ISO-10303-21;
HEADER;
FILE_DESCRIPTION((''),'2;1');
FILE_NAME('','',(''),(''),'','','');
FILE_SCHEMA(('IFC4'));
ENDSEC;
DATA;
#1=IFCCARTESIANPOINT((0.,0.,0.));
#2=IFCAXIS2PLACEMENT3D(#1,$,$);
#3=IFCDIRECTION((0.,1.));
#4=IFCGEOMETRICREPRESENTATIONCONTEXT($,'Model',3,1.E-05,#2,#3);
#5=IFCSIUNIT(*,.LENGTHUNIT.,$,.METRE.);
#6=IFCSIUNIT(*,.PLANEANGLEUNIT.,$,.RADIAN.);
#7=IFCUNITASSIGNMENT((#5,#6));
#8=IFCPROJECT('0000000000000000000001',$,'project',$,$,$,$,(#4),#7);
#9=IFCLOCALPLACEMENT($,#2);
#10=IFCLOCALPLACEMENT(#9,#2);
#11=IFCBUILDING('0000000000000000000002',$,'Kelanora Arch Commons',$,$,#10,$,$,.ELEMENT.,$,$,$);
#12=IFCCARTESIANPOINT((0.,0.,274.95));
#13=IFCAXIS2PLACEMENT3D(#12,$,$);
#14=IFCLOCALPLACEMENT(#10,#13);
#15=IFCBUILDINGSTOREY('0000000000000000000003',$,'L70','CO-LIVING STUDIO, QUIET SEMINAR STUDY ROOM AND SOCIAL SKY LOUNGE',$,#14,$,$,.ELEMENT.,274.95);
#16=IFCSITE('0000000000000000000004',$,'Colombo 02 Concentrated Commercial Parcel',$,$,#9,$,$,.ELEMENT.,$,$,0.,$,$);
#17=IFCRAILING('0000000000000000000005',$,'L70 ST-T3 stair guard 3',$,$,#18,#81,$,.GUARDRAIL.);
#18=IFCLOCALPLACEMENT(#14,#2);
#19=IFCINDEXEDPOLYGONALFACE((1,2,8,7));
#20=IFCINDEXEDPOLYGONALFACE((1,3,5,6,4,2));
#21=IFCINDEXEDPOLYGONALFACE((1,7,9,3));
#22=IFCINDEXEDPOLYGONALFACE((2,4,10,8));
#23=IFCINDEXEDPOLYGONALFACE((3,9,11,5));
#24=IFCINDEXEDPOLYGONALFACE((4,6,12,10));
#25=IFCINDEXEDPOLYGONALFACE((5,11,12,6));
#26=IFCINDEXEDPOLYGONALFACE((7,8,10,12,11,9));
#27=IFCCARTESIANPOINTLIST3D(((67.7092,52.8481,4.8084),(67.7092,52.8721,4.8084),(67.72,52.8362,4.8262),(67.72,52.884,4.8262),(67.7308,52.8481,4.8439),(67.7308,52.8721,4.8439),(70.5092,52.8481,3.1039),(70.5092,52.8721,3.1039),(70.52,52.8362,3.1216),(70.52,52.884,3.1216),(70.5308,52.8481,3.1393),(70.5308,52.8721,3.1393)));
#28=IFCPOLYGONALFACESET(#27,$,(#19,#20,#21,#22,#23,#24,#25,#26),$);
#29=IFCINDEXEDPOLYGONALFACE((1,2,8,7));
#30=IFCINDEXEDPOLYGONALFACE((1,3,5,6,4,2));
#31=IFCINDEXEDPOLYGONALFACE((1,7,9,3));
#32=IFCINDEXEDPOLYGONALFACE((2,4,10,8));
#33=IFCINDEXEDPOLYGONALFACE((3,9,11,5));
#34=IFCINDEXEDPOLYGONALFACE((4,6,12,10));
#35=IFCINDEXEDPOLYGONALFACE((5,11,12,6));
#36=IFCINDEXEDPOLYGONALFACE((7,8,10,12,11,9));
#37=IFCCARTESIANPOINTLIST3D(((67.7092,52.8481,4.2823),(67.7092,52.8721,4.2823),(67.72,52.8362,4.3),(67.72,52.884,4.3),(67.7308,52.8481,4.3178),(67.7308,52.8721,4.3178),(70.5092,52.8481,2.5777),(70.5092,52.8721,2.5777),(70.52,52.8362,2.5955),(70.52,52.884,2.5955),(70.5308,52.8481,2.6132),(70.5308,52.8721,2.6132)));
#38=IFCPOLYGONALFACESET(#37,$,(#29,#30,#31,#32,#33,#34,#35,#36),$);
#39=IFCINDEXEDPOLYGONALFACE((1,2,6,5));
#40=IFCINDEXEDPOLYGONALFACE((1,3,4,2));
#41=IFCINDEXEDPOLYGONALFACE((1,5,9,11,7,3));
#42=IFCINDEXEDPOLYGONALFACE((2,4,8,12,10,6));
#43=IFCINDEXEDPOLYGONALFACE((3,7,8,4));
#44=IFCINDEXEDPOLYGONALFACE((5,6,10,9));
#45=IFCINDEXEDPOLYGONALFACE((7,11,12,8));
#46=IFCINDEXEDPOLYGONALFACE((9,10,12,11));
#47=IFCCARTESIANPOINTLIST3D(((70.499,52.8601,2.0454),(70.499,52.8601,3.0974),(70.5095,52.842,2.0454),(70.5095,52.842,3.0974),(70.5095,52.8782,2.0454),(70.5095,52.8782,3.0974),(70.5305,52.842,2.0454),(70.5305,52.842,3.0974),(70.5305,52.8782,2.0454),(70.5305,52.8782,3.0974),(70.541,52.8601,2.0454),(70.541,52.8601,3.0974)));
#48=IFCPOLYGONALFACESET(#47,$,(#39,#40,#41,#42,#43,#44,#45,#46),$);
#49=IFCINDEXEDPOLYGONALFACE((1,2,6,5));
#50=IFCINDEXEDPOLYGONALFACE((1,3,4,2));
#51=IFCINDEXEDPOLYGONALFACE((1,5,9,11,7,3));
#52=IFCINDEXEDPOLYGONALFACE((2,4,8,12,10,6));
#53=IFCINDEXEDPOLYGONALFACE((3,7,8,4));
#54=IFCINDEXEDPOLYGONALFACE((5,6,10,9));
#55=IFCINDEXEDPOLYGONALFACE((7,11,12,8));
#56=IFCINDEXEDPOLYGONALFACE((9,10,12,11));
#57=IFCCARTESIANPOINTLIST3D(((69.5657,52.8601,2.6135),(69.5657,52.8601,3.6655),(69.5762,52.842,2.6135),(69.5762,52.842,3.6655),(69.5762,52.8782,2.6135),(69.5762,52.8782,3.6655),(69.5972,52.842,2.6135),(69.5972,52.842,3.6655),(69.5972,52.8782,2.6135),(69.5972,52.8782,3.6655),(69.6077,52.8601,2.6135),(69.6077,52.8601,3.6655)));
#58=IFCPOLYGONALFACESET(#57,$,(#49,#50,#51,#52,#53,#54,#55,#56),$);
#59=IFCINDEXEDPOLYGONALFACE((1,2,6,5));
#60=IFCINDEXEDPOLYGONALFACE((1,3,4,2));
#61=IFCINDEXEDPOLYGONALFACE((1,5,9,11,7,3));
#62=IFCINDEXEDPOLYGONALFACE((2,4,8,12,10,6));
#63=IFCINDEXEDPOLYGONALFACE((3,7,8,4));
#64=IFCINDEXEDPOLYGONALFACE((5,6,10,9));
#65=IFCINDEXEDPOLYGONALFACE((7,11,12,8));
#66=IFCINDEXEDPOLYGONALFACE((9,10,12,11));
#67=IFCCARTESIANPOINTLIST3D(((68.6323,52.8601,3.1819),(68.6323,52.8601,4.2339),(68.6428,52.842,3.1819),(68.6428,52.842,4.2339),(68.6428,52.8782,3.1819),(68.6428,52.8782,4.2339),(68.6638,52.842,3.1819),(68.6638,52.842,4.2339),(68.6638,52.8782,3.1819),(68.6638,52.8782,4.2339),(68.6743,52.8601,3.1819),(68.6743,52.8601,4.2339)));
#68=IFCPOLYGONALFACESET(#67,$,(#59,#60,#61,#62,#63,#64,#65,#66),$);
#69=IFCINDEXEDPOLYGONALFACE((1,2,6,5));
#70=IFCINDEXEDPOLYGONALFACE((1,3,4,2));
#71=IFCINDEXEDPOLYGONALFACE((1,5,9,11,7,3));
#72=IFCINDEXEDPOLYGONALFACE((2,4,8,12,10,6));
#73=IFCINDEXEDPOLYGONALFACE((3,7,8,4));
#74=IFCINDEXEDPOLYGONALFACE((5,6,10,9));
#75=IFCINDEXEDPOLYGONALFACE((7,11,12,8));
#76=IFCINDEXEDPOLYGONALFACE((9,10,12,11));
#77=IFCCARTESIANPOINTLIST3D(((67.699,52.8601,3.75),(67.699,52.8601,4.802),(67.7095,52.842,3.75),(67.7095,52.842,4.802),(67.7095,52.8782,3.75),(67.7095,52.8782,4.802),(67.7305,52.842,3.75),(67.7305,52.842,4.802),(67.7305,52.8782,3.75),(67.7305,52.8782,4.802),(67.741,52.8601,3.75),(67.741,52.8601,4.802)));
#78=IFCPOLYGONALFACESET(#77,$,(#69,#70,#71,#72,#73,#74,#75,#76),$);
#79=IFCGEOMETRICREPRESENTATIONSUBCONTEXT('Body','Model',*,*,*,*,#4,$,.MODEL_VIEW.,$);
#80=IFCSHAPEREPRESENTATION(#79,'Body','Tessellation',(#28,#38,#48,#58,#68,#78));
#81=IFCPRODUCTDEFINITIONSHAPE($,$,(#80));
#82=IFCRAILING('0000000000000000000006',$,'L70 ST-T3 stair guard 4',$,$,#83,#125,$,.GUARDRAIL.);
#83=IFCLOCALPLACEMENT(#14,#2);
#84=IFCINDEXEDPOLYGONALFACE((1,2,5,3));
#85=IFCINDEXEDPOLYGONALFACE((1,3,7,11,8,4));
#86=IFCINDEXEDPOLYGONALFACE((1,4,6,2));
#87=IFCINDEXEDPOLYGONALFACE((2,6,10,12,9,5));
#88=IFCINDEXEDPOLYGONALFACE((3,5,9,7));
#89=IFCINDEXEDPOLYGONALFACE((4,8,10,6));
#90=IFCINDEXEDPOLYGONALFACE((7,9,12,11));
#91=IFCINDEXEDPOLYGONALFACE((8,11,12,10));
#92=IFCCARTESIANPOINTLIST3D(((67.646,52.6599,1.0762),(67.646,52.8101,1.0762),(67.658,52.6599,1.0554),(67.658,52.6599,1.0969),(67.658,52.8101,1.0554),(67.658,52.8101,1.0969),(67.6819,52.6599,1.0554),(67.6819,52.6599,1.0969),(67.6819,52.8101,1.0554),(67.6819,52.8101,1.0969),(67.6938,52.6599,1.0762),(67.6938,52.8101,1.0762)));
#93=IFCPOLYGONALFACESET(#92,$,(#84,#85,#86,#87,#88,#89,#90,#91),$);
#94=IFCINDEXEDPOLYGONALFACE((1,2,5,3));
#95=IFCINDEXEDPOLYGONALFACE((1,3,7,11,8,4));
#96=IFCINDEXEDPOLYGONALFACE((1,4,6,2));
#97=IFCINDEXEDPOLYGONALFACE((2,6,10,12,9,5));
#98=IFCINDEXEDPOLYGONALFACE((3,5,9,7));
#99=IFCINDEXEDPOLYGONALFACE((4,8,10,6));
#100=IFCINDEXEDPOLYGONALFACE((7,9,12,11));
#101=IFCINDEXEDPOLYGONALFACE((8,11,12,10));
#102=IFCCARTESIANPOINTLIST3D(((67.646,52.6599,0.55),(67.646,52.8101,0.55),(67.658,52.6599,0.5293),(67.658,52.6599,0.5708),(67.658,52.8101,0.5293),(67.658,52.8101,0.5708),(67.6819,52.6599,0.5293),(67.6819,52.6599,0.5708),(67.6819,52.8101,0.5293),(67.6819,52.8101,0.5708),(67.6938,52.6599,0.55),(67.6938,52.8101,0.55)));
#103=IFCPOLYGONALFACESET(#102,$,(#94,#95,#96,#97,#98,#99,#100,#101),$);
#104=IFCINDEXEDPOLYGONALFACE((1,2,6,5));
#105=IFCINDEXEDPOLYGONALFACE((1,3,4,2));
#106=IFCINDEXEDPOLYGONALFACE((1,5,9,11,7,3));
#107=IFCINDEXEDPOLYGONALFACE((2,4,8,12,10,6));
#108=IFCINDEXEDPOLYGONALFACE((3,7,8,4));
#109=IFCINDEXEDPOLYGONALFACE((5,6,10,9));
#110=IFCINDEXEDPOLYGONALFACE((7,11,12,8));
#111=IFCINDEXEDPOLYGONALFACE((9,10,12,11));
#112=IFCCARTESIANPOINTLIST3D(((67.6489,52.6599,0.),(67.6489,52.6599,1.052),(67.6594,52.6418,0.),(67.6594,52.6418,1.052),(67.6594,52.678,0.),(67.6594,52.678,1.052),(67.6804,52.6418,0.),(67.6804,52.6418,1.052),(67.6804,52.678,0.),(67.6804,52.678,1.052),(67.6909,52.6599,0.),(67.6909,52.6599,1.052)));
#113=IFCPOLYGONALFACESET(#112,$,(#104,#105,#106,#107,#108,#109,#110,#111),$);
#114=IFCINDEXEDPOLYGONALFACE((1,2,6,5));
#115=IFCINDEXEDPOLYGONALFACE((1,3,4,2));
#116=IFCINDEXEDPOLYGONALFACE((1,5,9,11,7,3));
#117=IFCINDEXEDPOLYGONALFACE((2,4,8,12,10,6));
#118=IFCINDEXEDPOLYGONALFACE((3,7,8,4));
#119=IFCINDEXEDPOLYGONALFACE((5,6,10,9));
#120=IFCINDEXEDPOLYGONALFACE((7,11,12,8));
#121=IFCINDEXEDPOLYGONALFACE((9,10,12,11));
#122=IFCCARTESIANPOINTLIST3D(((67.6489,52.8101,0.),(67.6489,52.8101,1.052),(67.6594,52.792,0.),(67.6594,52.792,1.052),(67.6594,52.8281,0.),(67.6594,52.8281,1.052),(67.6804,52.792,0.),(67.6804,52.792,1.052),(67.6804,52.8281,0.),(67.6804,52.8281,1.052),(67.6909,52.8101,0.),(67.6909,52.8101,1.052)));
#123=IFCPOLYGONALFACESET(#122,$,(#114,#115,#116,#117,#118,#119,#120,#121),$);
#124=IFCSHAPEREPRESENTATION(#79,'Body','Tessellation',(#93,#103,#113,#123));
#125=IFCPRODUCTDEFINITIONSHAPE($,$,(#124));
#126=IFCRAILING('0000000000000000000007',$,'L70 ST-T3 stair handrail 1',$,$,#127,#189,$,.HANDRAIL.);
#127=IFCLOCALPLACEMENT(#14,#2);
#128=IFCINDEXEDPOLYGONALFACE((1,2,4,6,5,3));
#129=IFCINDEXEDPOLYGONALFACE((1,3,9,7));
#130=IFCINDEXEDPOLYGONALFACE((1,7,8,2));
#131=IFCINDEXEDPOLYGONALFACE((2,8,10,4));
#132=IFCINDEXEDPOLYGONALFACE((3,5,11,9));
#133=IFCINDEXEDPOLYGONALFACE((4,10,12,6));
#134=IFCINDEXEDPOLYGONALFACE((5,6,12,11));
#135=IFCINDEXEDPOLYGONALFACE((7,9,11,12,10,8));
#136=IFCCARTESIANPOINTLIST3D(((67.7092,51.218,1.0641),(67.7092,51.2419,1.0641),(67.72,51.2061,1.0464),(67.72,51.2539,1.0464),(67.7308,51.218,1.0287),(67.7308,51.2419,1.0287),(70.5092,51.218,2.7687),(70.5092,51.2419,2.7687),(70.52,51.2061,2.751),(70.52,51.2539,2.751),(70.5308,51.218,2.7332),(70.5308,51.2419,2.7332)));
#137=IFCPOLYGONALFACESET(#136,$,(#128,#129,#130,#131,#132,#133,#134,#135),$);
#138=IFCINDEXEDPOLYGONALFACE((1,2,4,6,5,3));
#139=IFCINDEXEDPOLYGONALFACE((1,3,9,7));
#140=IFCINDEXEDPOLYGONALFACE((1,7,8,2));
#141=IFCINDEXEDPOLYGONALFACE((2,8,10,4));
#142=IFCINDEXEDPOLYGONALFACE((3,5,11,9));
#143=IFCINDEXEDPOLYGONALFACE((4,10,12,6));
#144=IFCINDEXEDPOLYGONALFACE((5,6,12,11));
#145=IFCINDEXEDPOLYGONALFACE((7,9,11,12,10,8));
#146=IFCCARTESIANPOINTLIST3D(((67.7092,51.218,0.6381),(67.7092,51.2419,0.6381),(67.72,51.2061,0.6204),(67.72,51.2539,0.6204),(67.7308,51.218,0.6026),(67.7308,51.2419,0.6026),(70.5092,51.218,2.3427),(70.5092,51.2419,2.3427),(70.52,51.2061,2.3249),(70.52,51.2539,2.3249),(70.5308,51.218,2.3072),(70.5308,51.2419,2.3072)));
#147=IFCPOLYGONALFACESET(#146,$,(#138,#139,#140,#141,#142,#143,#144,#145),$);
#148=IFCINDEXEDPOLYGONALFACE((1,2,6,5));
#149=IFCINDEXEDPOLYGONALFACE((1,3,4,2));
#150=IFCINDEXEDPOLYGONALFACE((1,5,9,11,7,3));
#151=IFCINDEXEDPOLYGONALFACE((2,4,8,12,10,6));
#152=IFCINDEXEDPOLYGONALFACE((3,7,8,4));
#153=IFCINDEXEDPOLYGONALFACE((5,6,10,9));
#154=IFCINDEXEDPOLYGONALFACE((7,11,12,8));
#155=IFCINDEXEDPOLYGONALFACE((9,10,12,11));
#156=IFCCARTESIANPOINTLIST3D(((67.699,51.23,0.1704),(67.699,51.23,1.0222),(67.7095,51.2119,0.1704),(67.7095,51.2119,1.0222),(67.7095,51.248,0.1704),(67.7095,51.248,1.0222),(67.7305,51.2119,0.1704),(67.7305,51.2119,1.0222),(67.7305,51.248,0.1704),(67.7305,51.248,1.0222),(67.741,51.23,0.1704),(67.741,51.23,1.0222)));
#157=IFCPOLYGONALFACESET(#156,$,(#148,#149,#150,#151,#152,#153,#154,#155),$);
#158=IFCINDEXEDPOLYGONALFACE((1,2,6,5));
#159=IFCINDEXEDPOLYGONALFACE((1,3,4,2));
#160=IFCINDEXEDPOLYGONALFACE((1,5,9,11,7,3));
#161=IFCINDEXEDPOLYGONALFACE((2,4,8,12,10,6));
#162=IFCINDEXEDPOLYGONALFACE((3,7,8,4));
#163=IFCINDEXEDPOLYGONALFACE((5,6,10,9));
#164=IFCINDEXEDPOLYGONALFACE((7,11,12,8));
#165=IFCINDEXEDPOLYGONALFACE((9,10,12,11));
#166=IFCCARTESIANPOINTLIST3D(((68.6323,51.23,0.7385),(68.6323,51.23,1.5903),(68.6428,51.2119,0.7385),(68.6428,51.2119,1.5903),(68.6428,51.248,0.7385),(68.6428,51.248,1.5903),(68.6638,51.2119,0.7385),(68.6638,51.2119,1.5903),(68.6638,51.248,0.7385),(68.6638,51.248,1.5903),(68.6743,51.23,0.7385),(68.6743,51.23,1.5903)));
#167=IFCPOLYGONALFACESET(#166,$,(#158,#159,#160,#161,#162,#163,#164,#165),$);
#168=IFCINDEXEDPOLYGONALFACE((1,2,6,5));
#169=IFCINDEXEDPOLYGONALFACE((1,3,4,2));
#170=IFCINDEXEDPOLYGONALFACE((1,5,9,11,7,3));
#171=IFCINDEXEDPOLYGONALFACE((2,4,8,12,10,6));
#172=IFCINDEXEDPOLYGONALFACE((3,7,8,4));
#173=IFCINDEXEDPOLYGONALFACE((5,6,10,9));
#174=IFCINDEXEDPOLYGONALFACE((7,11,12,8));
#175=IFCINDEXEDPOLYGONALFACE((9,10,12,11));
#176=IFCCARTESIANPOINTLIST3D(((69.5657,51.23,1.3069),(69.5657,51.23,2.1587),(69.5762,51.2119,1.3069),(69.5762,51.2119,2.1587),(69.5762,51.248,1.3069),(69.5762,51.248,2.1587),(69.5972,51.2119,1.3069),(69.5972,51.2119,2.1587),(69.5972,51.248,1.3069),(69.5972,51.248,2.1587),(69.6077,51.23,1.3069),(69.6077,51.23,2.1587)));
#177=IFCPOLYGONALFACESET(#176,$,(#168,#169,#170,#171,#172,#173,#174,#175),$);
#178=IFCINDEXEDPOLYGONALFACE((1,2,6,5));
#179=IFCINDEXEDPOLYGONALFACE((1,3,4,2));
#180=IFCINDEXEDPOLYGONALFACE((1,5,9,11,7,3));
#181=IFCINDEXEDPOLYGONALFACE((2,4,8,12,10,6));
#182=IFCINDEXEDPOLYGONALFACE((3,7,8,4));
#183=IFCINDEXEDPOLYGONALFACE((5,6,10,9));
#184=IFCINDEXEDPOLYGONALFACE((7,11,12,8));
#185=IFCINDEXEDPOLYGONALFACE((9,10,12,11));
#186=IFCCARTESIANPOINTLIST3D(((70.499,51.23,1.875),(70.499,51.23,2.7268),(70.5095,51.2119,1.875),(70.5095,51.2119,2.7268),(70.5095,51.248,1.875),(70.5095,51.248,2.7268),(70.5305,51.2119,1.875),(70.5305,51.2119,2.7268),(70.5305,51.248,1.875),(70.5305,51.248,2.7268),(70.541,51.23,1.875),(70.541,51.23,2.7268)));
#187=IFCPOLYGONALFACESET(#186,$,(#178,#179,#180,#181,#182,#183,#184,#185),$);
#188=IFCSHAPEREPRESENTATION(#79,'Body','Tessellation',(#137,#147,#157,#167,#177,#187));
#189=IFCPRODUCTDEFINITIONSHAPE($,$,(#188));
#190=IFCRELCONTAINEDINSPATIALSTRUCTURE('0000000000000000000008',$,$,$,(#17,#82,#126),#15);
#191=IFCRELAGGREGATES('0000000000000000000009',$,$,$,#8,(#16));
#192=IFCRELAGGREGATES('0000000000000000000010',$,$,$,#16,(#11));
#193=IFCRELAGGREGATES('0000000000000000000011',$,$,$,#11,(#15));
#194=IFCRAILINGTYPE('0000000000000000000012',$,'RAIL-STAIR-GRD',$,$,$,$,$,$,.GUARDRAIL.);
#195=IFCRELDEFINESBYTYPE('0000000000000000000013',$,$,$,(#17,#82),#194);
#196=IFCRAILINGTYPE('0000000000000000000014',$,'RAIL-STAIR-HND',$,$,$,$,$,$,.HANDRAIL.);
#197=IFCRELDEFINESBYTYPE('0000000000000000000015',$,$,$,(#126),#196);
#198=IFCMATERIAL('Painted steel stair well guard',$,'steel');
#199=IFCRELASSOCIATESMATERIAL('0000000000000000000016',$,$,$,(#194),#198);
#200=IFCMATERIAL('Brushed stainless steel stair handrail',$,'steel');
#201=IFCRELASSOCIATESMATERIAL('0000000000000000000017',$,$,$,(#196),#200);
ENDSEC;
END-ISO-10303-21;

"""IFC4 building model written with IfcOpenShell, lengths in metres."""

from ifc_helpers import new_model, si_unit, direction, frame, origin, place, context, subcontext, project, spatial, polyline, outline, extrude, material, type_object, element, save


model = new_model("IFC4")

# Units and contexts
model_context = context("Model", 3, precision=1e-05, world=origin(), true_north=direction((0.0, 1.0)))
body_context = subcontext(model_context, "Body", "Model", "MODEL_VIEW")
ifc_project = project(units=[si_unit("LENGTHUNIT", "METRE"), si_unit("PLANEANGLEUNIT", "RADIAN")], contexts=[model_context])

# Site, building, storey
site_placement = place(None, origin())
site = spatial("IfcSite", under=ifc_project, at=site_placement, Name="Colombo 02 Concentrated Commercial Parcel", CompositionType="ELEMENT", RefElevation=0.0)
building_placement = place(site_placement, origin())
building = spatial("IfcBuilding", under=site, at=building_placement, Name="Kelanora Arch Commons", CompositionType="ELEMENT")
storey_placement = place(building_placement, frame((0.0, 0.0, 274.95)))
storey = spatial("IfcBuildingStorey", under=building, at=storey_placement, Name="L70", Description="CO-LIVING STUDIO, QUIET SEMINAR STUDY ROOM AND SOCIAL SKY LOUNGE", CompositionType="ELEMENT", Elevation=274.95)

# Railings
ifc_material_1 = material(Name="Painted steel stair well guard", Category="steel")
railing_type_1 = type_object("IfcRailingType", Name="RAIL-STAIR-GRD", PredefinedType="GUARDRAIL", material=ifc_material_1)
railing_1_placement = place(storey_placement, frame((70.52, 52.8601, 2.0454)))
element("IfcRailing", 1, at=railing_1_placement, inside=storey, type_object=railing_type_1, Name="L70 ST-T3 stair guard 3", PredefinedType="GUARDRAIL", context=body_context, shape_type="SweptSolid", body=[
    extrude(outline(polyline([(0.0239, 0.0), (0.012, 0.0208), (-0.012, 0.0208), (-0.0239, 0.0), (-0.012, -0.0208), (0.012, -0.0208), (0.0239, 0.0)])), frame((0.0, 0.0, 1.0762), z_axis=(-0.85417, 0.0, 0.519994), x_axis=(0.0, -1.0, 0.0)), (0.0, 0.0, 1.0), 3.2781),
    extrude(outline(polyline([(0.0239, 0.0), (0.012, 0.0208), (-0.012, 0.0208), (-0.0239, 0.0), (-0.012, -0.0208), (0.012, -0.0208), (0.0239, 0.0)])), frame((0.0, 0.0, 0.55), z_axis=(-0.85417, 0.0, 0.519994), x_axis=(0.0, -1.0, 0.0)), (0.0, 0.0, 1.0), 3.2781),
    extrude(outline(polyline([(0.021, 0.0), (0.0105, 0.0181), (-0.0105, 0.0181), (-0.021, 0.0), (-0.0105, -0.0181), (0.0105, -0.0181), (0.021, 0.0)])), origin(), (0.0, 0.0, 1.0), 1.052),
    extrude(outline(polyline([(0.021, 0.0), (0.0105, 0.0181), (-0.0105, 0.0181), (-0.021, 0.0), (-0.0105, -0.0181), (0.0105, -0.0181), (0.021, 0.0)])), frame((-0.9333, 0.0, 0.5681)), (0.0, 0.0, 1.0), 1.052),
    extrude(outline(polyline([(0.021, 0.0), (0.0105, 0.0181), (-0.0105, 0.0181), (-0.021, 0.0), (-0.0105, -0.0181), (0.0105, -0.0181), (0.021, 0.0)])), frame((-1.8667, 0.0, 1.1365)), (0.0, 0.0, 1.0), 1.052),
    extrude(outline(polyline([(0.021, 0.0), (0.0105, 0.0181), (-0.0105, 0.0181), (-0.021, 0.0), (-0.0105, -0.0181), (0.0105, -0.0181), (0.021, 0.0)])), frame((-2.8, 0.0, 1.7046)), (0.0, 0.0, 1.0), 1.052),
])
railing_2_placement = place(storey_placement, frame((67.6699, 52.6599, 0.0)))
element("IfcRailing", 2, at=railing_2_placement, inside=storey, type_object=railing_type_1, Name="L70 ST-T3 stair guard 4", PredefinedType="GUARDRAIL", context=body_context, shape_type="SweptSolid", body=[
    extrude(outline(polyline([(0.0239, 0.0), (0.012, 0.0208), (-0.012, 0.0208), (-0.0239, 0.0), (-0.012, -0.0208), (0.012, -0.0208), (0.0239, 0.0)])), frame((0.0, 0.0, 1.0762), z_axis=(0.0, 1.0, 0.0), x_axis=(-1.0, 0.0, 0.0)), (0.0, 0.0, 1.0), 0.1501),
    extrude(outline(polyline([(0.0239, 0.0), (0.012, 0.0208), (-0.012, 0.0208), (-0.0239, 0.0), (-0.012, -0.0208), (0.012, -0.0208), (0.0239, 0.0)])), frame((0.0, 0.0, 0.55), z_axis=(0.0, 1.0, 0.0), x_axis=(-1.0, 0.0, 0.0)), (0.0, 0.0, 1.0), 0.1501),
    extrude(outline(polyline([(0.021, 0.0), (0.0105, 0.0181), (-0.0105, 0.0181), (-0.021, 0.0), (-0.0105, -0.0181), (0.0105, -0.0181), (0.021, 0.0)])), origin(), (0.0, 0.0, 1.0), 1.052),
    extrude(outline(polyline([(0.021, 0.0), (0.0105, 0.0181), (-0.0105, 0.0181), (-0.021, 0.0), (-0.0105, -0.0181), (0.0105, -0.0181), (0.021, 0.0)])), frame((0.0, 0.1501, 0.0)), (0.0, 0.0, 1.0), 1.052),
])
ifc_material_2 = material(Name="Brushed stainless steel stair handrail", Category="steel")
railing_type_2 = type_object("IfcRailingType", Name="RAIL-STAIR-HND", PredefinedType="HANDRAIL", material=ifc_material_2)
railing_3_placement = place(storey_placement, frame((67.72, 51.23, 0.1704)))
element("IfcRailing", 3, at=railing_3_placement, inside=storey, type_object=railing_type_2, Name="L70 ST-T3 stair handrail 1", PredefinedType="HANDRAIL", context=body_context, shape_type="SweptSolid", body=[
    extrude(outline(polyline([(0.0239, 0.0), (0.012, 0.0208), (-0.012, 0.0208), (-0.0239, 0.0), (-0.012, -0.0208), (0.012, -0.0208), (0.0239, 0.0)])), frame((0.0, 0.0, 0.876), z_axis=(0.85417, 0.0, 0.519994), x_axis=(0.0, 1.0, 0.0)), (0.0, 0.0, 1.0), 3.2781),
    extrude(outline(polyline([(0.0239, 0.0), (0.012, 0.0208), (-0.012, 0.0208), (-0.0239, 0.0), (-0.012, -0.0208), (0.012, -0.0208), (0.0239, 0.0)])), frame((0.0, 0.0, 0.45), z_axis=(0.85417, 0.0, 0.519994), x_axis=(0.0, 1.0, 0.0)), (0.0, 0.0, 1.0), 3.2781),
    extrude(outline(polyline([(0.021, 0.0), (0.0105, 0.0181), (-0.0105, 0.0181), (-0.021, 0.0), (-0.0105, -0.0181), (0.0105, -0.0181), (0.021, 0.0)])), origin(), (0.0, 0.0, 1.0), 0.8518),
    extrude(outline(polyline([(0.021, 0.0), (0.0105, 0.0181), (-0.0105, 0.0181), (-0.021, 0.0), (-0.0105, -0.0181), (0.0105, -0.0181), (0.021, 0.0)])), frame((0.9333, 0.0, 0.5681)), (0.0, 0.0, 1.0), 0.8518),
    extrude(outline(polyline([(0.021, 0.0), (0.0105, 0.0181), (-0.0105, 0.0181), (-0.021, 0.0), (-0.0105, -0.0181), (0.0105, -0.0181), (0.021, 0.0)])), frame((1.8667, 0.0, 1.1365)), (0.0, 0.0, 1.0), 0.8518),
    extrude(outline(polyline([(0.021, 0.0), (0.0105, 0.0181), (-0.0105, 0.0181), (-0.021, 0.0), (-0.0105, -0.0181), (0.0105, -0.0181), (0.021, 0.0)])), frame((2.8, 0.0, 1.7046)), (0.0, 0.0, 1.0), 0.8518),
])

save(model, "model.ifc")
